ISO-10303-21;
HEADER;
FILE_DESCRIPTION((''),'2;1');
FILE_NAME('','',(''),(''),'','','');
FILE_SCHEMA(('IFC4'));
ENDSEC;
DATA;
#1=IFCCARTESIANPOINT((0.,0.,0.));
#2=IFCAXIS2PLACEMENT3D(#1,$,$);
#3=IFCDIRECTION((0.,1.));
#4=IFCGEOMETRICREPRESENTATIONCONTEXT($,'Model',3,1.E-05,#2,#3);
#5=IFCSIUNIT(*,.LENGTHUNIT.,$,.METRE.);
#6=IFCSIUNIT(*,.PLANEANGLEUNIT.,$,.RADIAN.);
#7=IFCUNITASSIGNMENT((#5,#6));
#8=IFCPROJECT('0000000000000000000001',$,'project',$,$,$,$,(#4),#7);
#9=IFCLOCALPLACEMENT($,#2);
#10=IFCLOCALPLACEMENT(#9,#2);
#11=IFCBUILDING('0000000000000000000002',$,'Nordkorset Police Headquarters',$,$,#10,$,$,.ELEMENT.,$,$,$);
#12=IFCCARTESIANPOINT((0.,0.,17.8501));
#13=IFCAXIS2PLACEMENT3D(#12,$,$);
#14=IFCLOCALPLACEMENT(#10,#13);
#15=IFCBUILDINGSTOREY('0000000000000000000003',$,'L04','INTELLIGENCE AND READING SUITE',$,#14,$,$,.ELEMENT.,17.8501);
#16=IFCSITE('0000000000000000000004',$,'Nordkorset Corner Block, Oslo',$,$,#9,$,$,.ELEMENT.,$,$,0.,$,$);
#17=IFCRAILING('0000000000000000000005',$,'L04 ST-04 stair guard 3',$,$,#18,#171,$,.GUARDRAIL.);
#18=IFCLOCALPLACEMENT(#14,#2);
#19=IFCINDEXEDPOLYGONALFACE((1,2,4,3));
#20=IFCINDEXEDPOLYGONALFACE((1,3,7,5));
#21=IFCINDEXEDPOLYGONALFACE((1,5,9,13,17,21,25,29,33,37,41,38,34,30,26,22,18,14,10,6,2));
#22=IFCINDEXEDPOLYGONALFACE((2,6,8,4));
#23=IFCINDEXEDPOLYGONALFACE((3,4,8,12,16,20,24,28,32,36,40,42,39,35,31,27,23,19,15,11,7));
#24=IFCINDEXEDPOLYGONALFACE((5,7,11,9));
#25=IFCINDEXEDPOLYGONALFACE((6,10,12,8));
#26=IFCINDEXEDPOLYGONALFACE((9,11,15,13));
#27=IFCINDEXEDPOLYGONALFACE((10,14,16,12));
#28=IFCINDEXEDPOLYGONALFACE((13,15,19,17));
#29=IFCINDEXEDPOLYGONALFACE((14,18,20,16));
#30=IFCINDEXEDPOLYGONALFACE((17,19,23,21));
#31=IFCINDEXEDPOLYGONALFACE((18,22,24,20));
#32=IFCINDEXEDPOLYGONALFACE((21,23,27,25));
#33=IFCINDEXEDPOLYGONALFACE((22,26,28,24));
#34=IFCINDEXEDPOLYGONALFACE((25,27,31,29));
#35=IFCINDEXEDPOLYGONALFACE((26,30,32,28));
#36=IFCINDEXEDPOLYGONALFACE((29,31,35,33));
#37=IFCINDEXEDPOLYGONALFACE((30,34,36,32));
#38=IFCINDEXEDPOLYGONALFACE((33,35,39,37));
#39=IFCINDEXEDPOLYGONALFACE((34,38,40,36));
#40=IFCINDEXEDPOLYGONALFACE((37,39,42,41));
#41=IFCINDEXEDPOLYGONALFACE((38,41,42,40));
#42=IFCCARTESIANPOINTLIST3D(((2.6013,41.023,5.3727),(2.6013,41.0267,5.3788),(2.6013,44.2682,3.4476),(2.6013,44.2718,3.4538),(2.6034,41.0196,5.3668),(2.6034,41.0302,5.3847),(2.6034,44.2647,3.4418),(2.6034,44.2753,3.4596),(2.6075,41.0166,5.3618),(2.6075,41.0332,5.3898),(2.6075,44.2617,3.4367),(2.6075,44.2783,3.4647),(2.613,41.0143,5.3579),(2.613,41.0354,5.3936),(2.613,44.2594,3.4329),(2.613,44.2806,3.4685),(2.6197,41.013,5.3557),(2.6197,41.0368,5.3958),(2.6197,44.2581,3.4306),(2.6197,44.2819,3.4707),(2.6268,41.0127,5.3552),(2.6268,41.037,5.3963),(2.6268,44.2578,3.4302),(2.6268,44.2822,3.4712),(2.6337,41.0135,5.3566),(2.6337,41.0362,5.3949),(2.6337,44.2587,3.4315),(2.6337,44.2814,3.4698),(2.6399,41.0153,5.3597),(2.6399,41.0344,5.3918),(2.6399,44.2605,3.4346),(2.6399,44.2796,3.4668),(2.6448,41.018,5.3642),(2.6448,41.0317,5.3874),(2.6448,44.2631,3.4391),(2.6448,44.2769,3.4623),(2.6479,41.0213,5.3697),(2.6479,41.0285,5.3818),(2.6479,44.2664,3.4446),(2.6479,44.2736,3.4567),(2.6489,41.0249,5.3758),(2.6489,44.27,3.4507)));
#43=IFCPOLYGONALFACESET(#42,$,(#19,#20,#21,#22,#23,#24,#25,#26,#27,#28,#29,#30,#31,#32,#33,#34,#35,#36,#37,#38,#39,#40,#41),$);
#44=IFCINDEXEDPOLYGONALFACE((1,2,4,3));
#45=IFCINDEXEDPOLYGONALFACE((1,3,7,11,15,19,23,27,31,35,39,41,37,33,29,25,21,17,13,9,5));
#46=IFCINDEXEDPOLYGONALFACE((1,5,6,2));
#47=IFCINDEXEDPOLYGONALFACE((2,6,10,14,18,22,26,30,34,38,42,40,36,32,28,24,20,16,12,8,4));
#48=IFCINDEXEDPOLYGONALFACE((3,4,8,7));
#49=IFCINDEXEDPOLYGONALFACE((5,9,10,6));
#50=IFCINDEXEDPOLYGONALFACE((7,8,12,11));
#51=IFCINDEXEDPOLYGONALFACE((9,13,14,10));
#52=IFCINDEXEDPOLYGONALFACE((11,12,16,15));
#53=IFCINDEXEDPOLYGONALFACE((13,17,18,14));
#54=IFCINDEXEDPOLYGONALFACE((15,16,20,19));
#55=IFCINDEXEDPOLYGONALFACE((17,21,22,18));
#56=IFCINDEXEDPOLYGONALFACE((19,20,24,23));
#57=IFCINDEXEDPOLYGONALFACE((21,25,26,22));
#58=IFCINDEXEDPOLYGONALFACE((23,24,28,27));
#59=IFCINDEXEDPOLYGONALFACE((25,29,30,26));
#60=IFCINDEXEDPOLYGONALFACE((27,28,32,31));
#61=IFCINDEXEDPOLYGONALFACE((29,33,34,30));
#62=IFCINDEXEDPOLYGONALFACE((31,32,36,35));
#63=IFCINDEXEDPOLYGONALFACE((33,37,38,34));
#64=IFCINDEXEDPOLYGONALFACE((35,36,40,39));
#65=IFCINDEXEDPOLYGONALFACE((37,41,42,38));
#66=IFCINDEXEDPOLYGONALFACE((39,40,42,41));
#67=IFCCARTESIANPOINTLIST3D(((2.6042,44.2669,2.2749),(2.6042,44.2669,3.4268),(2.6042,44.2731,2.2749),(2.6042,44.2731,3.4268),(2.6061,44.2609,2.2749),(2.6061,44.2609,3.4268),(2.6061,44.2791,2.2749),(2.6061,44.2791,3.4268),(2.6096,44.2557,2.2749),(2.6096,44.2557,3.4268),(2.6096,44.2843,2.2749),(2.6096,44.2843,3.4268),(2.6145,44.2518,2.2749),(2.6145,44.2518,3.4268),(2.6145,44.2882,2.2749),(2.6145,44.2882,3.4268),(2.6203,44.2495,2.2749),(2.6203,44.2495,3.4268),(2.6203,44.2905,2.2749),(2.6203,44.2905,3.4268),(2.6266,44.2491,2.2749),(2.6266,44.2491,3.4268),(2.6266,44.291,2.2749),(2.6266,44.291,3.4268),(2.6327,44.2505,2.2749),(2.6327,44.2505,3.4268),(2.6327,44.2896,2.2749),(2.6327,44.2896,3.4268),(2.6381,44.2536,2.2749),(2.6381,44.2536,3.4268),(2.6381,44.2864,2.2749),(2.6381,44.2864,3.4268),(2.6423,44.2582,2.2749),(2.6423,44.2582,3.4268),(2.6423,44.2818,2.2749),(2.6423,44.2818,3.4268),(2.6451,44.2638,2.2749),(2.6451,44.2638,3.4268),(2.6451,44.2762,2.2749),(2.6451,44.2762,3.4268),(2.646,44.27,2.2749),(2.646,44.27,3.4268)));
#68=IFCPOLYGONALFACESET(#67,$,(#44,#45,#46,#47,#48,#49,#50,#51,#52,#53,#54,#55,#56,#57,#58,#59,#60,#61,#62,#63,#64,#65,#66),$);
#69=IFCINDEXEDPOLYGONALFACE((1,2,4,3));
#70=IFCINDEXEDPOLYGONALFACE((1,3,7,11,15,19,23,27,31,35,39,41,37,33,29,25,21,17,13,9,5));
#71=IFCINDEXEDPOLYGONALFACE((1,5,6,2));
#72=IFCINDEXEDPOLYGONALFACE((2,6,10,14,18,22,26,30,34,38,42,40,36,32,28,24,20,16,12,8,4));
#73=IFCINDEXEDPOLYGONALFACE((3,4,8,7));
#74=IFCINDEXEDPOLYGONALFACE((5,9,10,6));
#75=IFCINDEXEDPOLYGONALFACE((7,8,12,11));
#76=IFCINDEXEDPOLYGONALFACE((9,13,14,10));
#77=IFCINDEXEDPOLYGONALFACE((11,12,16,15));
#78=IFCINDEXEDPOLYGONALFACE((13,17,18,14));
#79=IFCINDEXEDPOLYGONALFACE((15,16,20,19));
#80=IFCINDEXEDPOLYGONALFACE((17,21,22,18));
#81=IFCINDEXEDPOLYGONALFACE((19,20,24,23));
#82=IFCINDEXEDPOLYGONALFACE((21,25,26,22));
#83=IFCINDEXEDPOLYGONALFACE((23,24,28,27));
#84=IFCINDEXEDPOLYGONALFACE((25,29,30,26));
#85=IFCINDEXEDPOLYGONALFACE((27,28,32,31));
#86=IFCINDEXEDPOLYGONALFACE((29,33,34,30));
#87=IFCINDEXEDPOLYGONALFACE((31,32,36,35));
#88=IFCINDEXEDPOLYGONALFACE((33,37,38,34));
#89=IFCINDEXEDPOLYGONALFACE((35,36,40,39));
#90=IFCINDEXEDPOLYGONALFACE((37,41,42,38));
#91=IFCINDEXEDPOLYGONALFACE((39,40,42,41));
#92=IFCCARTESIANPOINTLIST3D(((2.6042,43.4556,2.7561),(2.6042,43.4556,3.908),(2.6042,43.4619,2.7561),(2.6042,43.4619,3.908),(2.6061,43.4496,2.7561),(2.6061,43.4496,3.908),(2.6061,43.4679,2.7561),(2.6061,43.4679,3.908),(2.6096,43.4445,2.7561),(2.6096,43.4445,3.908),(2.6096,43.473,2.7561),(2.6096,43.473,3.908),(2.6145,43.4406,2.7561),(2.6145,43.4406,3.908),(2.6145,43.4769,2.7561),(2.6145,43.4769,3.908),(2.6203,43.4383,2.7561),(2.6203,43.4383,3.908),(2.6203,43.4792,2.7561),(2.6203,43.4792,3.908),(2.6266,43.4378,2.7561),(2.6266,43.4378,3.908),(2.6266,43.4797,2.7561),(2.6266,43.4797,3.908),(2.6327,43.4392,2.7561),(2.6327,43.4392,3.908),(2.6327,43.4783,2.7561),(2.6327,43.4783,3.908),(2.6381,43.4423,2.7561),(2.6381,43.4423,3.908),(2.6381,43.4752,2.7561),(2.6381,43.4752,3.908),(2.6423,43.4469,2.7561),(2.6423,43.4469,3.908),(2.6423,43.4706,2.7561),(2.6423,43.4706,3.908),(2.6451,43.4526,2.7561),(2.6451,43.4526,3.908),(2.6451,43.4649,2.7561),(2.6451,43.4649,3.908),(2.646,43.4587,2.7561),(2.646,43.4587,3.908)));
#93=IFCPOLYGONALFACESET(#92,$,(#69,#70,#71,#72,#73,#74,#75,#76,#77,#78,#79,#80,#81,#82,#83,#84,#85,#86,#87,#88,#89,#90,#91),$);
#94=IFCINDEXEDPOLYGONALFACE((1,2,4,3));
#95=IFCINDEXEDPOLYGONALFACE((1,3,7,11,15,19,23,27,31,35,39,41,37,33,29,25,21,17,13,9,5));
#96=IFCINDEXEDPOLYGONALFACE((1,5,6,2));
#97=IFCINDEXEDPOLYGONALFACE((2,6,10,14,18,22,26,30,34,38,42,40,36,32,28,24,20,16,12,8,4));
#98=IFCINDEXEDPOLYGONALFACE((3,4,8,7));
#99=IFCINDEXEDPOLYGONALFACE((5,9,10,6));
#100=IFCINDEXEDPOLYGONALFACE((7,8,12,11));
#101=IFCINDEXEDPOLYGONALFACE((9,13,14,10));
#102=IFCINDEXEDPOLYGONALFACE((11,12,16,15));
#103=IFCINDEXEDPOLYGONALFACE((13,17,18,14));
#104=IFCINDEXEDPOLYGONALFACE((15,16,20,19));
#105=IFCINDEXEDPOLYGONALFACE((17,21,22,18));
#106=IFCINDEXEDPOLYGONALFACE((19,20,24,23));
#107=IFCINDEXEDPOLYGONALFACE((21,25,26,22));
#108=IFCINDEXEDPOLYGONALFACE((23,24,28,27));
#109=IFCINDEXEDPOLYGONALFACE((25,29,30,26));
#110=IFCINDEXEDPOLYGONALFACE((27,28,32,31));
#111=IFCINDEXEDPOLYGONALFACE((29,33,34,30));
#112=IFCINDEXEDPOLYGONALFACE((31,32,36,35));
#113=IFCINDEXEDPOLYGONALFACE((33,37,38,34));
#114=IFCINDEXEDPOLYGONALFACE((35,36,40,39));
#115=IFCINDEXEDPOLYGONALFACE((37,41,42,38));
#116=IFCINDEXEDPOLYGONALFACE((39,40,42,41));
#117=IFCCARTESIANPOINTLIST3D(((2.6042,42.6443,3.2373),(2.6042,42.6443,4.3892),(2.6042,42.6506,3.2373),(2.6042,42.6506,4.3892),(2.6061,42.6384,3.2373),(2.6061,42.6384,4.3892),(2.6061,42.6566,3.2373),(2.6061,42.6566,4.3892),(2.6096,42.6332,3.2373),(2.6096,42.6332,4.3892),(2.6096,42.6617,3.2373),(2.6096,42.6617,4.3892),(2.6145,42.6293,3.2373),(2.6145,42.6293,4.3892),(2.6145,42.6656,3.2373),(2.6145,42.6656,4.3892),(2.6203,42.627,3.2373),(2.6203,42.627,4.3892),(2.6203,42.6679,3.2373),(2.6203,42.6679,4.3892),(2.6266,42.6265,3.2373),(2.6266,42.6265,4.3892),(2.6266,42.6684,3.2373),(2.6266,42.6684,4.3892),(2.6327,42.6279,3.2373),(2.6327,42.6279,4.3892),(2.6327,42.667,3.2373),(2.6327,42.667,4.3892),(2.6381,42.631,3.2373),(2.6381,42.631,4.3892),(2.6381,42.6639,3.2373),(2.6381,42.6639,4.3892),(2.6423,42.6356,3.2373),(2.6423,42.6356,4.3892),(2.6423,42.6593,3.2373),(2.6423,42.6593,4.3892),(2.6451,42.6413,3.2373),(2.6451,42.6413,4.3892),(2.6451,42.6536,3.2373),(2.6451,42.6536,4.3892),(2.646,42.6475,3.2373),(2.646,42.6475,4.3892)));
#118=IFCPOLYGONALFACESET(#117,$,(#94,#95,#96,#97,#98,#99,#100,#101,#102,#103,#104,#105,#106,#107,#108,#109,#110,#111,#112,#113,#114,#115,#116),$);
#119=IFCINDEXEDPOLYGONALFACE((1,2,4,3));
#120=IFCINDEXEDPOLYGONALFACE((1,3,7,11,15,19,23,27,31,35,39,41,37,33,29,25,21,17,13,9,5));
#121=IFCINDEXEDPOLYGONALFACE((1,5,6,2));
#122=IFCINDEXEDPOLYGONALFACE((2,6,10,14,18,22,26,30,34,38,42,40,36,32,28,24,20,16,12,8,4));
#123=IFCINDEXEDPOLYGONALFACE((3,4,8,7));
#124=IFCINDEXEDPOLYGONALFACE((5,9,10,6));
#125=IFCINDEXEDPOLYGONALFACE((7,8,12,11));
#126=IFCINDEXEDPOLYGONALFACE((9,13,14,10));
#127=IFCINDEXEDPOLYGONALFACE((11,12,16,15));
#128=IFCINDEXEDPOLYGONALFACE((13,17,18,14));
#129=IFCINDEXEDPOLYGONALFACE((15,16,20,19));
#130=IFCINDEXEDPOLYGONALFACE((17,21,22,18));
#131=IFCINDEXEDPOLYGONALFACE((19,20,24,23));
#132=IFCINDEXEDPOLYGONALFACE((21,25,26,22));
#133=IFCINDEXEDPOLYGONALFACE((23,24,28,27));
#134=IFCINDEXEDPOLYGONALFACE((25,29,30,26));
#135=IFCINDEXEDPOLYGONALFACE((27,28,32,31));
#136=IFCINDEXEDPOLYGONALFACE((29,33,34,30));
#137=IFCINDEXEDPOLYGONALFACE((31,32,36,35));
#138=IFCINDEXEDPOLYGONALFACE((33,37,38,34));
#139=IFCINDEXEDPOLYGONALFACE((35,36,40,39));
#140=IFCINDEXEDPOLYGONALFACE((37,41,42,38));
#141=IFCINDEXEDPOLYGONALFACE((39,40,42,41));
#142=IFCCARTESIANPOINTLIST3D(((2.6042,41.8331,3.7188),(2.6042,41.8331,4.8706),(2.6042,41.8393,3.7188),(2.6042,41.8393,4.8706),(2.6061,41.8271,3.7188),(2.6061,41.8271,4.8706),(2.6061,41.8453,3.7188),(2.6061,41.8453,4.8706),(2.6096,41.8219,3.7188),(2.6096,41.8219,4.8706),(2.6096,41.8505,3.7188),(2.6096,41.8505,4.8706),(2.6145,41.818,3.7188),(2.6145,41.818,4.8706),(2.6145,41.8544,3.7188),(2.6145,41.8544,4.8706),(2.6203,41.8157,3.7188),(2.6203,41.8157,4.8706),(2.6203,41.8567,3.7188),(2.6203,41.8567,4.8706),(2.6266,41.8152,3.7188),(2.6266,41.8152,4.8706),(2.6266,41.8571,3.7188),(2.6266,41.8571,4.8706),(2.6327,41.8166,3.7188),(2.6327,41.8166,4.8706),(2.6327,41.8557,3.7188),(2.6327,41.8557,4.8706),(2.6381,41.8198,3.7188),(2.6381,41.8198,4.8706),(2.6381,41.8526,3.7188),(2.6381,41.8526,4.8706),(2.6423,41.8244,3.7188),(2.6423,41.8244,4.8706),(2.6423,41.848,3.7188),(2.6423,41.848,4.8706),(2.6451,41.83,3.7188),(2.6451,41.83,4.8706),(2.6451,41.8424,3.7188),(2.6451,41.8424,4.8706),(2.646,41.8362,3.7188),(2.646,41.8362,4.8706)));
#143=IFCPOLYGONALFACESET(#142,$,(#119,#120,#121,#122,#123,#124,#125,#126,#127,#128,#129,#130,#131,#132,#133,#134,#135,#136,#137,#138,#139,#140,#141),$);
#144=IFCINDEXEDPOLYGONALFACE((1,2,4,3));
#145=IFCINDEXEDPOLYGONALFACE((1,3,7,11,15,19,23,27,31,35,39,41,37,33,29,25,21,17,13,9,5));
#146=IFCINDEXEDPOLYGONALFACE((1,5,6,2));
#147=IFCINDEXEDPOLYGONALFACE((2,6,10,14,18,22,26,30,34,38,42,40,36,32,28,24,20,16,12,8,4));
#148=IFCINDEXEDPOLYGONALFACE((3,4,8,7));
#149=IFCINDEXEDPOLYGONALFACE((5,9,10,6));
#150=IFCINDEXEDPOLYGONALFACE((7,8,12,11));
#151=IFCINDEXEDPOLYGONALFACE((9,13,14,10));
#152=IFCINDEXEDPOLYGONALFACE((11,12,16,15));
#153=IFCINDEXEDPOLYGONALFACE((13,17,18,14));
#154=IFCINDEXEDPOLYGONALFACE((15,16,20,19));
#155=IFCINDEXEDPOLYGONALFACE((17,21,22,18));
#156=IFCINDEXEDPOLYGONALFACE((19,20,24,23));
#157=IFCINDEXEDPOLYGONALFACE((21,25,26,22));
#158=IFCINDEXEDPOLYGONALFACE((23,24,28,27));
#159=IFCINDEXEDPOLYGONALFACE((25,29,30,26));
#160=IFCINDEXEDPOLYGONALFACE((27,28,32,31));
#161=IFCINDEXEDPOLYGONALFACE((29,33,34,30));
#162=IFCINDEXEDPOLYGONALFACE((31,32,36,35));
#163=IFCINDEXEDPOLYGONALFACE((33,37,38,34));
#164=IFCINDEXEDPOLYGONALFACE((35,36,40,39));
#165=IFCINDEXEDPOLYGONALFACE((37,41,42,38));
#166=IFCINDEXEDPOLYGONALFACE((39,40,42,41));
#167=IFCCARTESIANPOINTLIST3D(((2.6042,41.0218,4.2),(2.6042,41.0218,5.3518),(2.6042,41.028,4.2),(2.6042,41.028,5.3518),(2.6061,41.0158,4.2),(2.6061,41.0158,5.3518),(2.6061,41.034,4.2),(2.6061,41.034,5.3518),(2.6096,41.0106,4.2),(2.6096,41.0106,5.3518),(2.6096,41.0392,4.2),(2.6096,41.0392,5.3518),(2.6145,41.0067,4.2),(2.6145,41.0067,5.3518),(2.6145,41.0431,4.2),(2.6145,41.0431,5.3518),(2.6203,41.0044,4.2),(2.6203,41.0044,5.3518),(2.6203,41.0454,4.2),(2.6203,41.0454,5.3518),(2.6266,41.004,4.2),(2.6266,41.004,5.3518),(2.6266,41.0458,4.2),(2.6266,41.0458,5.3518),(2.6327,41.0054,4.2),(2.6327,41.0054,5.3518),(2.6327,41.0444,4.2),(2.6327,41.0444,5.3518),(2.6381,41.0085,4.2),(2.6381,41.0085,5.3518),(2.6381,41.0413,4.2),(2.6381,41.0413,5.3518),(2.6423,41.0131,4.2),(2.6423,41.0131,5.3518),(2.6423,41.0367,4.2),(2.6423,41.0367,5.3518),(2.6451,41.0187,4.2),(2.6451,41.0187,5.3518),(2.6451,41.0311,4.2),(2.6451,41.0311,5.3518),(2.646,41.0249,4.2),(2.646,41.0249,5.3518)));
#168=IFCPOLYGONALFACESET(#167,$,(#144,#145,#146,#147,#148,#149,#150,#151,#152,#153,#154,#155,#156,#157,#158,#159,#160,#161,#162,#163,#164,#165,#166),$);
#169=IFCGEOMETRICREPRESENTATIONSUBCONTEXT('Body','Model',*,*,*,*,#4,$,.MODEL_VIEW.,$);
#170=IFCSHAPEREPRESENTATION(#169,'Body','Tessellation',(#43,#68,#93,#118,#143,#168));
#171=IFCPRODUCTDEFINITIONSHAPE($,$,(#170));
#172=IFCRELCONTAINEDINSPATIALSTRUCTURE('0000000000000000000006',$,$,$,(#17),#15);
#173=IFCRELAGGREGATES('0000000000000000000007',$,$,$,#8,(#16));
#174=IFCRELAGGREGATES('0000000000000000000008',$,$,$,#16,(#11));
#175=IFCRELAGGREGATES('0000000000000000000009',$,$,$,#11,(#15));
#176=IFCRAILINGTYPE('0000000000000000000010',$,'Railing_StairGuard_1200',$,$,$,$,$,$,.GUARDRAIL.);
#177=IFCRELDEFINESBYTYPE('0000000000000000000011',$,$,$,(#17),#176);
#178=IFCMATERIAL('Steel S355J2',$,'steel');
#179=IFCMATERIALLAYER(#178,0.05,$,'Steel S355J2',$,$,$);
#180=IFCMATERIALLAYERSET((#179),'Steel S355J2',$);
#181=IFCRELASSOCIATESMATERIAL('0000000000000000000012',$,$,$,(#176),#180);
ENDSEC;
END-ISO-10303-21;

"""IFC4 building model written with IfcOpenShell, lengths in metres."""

from ifc_helpers import new_model, si_unit, direction, frame, origin, origin_2d, place, context, subcontext, project, spatial, circle, extrude, material, layer, layer_set, type_object, element, save


model = new_model("IFC4")

# Units and contexts
model_context = context("Model", 3, precision=1e-05, world=origin(), true_north=direction((0.0, 1.0)))
body_context = subcontext(model_context, "Body", "Model", "MODEL_VIEW")
ifc_project = project(units=[si_unit("LENGTHUNIT", "METRE"), si_unit("PLANEANGLEUNIT", "RADIAN")], contexts=[model_context])

# Site, building, storey
site_placement = place(None, origin())
site = spatial("IfcSite", under=ifc_project, at=site_placement, Name="Nordkorset Corner Block, Oslo", CompositionType="ELEMENT", RefElevation=0.0)
building_placement = place(site_placement, origin())
building = spatial("IfcBuilding", under=site, at=building_placement, Name="Nordkorset Police Headquarters", CompositionType="ELEMENT")
storey_placement = place(building_placement, frame((0.0, 0.0, 17.8501)))
storey = spatial("IfcBuildingStorey", under=building, at=storey_placement, Name="L04", Description="INTELLIGENCE AND READING SUITE", CompositionType="ELEMENT", Elevation=17.8501)

# Railing
ifc_material_1 = material(Name="Steel S355J2", Category="steel")
ifc_layer_1 = layer(ifc_material_1, 0.05, Name="Steel S355J2")
ifc_layer_set_1 = layer_set([ifc_layer_1], Name="Steel S355J2")
railing_type_1 = type_object("IfcRailingType", Name="Railing_StairGuard_1200", PredefinedType="GUARDRAIL", material=ifc_layer_set_1)
railing_1_placement = place(storey_placement, frame((2.625, 44.27, 2.2749)))
element("IfcRailing", 1, at=railing_1_placement, inside=storey, type_object=railing_type_1, Name="L04 ST-04 stair guard 3", PredefinedType="GUARDRAIL", context=body_context, shape_type="SweptSolid", body=[
    extrude(circle(Radius=0.0239, at=origin_2d()), frame((0.0, 0.0, 1.1758), z_axis=(0.0, -0.860057, 0.510198), x_axis=(1.0, 0.0, 0.0)), (0.0, 0.0, 1.0), 3.7732),
    extrude(circle(Radius=0.021, at=origin_2d()), origin(), (0.0, 0.0, 1.0), 1.1519),
    extrude(circle(Radius=0.021, at=origin_2d()), frame((0.0, -0.8113, 0.4812)), (0.0, 0.0, 1.0), 1.1519),
    extrude(circle(Radius=0.021, at=origin_2d()), frame((0.0, -1.6226, 0.9624)), (0.0, 0.0, 1.0), 1.1519),
    extrude(circle(Radius=0.021, at=origin_2d()), frame((0.0, -2.4338, 1.4438)), (0.0, 0.0, 1.0), 1.1519),
    extrude(circle(Radius=0.021, at=origin_2d()), frame((0.0, -3.2451, 1.925)), (0.0, 0.0, 1.0), 1.1519),
])

save(model, "model.ifc")
